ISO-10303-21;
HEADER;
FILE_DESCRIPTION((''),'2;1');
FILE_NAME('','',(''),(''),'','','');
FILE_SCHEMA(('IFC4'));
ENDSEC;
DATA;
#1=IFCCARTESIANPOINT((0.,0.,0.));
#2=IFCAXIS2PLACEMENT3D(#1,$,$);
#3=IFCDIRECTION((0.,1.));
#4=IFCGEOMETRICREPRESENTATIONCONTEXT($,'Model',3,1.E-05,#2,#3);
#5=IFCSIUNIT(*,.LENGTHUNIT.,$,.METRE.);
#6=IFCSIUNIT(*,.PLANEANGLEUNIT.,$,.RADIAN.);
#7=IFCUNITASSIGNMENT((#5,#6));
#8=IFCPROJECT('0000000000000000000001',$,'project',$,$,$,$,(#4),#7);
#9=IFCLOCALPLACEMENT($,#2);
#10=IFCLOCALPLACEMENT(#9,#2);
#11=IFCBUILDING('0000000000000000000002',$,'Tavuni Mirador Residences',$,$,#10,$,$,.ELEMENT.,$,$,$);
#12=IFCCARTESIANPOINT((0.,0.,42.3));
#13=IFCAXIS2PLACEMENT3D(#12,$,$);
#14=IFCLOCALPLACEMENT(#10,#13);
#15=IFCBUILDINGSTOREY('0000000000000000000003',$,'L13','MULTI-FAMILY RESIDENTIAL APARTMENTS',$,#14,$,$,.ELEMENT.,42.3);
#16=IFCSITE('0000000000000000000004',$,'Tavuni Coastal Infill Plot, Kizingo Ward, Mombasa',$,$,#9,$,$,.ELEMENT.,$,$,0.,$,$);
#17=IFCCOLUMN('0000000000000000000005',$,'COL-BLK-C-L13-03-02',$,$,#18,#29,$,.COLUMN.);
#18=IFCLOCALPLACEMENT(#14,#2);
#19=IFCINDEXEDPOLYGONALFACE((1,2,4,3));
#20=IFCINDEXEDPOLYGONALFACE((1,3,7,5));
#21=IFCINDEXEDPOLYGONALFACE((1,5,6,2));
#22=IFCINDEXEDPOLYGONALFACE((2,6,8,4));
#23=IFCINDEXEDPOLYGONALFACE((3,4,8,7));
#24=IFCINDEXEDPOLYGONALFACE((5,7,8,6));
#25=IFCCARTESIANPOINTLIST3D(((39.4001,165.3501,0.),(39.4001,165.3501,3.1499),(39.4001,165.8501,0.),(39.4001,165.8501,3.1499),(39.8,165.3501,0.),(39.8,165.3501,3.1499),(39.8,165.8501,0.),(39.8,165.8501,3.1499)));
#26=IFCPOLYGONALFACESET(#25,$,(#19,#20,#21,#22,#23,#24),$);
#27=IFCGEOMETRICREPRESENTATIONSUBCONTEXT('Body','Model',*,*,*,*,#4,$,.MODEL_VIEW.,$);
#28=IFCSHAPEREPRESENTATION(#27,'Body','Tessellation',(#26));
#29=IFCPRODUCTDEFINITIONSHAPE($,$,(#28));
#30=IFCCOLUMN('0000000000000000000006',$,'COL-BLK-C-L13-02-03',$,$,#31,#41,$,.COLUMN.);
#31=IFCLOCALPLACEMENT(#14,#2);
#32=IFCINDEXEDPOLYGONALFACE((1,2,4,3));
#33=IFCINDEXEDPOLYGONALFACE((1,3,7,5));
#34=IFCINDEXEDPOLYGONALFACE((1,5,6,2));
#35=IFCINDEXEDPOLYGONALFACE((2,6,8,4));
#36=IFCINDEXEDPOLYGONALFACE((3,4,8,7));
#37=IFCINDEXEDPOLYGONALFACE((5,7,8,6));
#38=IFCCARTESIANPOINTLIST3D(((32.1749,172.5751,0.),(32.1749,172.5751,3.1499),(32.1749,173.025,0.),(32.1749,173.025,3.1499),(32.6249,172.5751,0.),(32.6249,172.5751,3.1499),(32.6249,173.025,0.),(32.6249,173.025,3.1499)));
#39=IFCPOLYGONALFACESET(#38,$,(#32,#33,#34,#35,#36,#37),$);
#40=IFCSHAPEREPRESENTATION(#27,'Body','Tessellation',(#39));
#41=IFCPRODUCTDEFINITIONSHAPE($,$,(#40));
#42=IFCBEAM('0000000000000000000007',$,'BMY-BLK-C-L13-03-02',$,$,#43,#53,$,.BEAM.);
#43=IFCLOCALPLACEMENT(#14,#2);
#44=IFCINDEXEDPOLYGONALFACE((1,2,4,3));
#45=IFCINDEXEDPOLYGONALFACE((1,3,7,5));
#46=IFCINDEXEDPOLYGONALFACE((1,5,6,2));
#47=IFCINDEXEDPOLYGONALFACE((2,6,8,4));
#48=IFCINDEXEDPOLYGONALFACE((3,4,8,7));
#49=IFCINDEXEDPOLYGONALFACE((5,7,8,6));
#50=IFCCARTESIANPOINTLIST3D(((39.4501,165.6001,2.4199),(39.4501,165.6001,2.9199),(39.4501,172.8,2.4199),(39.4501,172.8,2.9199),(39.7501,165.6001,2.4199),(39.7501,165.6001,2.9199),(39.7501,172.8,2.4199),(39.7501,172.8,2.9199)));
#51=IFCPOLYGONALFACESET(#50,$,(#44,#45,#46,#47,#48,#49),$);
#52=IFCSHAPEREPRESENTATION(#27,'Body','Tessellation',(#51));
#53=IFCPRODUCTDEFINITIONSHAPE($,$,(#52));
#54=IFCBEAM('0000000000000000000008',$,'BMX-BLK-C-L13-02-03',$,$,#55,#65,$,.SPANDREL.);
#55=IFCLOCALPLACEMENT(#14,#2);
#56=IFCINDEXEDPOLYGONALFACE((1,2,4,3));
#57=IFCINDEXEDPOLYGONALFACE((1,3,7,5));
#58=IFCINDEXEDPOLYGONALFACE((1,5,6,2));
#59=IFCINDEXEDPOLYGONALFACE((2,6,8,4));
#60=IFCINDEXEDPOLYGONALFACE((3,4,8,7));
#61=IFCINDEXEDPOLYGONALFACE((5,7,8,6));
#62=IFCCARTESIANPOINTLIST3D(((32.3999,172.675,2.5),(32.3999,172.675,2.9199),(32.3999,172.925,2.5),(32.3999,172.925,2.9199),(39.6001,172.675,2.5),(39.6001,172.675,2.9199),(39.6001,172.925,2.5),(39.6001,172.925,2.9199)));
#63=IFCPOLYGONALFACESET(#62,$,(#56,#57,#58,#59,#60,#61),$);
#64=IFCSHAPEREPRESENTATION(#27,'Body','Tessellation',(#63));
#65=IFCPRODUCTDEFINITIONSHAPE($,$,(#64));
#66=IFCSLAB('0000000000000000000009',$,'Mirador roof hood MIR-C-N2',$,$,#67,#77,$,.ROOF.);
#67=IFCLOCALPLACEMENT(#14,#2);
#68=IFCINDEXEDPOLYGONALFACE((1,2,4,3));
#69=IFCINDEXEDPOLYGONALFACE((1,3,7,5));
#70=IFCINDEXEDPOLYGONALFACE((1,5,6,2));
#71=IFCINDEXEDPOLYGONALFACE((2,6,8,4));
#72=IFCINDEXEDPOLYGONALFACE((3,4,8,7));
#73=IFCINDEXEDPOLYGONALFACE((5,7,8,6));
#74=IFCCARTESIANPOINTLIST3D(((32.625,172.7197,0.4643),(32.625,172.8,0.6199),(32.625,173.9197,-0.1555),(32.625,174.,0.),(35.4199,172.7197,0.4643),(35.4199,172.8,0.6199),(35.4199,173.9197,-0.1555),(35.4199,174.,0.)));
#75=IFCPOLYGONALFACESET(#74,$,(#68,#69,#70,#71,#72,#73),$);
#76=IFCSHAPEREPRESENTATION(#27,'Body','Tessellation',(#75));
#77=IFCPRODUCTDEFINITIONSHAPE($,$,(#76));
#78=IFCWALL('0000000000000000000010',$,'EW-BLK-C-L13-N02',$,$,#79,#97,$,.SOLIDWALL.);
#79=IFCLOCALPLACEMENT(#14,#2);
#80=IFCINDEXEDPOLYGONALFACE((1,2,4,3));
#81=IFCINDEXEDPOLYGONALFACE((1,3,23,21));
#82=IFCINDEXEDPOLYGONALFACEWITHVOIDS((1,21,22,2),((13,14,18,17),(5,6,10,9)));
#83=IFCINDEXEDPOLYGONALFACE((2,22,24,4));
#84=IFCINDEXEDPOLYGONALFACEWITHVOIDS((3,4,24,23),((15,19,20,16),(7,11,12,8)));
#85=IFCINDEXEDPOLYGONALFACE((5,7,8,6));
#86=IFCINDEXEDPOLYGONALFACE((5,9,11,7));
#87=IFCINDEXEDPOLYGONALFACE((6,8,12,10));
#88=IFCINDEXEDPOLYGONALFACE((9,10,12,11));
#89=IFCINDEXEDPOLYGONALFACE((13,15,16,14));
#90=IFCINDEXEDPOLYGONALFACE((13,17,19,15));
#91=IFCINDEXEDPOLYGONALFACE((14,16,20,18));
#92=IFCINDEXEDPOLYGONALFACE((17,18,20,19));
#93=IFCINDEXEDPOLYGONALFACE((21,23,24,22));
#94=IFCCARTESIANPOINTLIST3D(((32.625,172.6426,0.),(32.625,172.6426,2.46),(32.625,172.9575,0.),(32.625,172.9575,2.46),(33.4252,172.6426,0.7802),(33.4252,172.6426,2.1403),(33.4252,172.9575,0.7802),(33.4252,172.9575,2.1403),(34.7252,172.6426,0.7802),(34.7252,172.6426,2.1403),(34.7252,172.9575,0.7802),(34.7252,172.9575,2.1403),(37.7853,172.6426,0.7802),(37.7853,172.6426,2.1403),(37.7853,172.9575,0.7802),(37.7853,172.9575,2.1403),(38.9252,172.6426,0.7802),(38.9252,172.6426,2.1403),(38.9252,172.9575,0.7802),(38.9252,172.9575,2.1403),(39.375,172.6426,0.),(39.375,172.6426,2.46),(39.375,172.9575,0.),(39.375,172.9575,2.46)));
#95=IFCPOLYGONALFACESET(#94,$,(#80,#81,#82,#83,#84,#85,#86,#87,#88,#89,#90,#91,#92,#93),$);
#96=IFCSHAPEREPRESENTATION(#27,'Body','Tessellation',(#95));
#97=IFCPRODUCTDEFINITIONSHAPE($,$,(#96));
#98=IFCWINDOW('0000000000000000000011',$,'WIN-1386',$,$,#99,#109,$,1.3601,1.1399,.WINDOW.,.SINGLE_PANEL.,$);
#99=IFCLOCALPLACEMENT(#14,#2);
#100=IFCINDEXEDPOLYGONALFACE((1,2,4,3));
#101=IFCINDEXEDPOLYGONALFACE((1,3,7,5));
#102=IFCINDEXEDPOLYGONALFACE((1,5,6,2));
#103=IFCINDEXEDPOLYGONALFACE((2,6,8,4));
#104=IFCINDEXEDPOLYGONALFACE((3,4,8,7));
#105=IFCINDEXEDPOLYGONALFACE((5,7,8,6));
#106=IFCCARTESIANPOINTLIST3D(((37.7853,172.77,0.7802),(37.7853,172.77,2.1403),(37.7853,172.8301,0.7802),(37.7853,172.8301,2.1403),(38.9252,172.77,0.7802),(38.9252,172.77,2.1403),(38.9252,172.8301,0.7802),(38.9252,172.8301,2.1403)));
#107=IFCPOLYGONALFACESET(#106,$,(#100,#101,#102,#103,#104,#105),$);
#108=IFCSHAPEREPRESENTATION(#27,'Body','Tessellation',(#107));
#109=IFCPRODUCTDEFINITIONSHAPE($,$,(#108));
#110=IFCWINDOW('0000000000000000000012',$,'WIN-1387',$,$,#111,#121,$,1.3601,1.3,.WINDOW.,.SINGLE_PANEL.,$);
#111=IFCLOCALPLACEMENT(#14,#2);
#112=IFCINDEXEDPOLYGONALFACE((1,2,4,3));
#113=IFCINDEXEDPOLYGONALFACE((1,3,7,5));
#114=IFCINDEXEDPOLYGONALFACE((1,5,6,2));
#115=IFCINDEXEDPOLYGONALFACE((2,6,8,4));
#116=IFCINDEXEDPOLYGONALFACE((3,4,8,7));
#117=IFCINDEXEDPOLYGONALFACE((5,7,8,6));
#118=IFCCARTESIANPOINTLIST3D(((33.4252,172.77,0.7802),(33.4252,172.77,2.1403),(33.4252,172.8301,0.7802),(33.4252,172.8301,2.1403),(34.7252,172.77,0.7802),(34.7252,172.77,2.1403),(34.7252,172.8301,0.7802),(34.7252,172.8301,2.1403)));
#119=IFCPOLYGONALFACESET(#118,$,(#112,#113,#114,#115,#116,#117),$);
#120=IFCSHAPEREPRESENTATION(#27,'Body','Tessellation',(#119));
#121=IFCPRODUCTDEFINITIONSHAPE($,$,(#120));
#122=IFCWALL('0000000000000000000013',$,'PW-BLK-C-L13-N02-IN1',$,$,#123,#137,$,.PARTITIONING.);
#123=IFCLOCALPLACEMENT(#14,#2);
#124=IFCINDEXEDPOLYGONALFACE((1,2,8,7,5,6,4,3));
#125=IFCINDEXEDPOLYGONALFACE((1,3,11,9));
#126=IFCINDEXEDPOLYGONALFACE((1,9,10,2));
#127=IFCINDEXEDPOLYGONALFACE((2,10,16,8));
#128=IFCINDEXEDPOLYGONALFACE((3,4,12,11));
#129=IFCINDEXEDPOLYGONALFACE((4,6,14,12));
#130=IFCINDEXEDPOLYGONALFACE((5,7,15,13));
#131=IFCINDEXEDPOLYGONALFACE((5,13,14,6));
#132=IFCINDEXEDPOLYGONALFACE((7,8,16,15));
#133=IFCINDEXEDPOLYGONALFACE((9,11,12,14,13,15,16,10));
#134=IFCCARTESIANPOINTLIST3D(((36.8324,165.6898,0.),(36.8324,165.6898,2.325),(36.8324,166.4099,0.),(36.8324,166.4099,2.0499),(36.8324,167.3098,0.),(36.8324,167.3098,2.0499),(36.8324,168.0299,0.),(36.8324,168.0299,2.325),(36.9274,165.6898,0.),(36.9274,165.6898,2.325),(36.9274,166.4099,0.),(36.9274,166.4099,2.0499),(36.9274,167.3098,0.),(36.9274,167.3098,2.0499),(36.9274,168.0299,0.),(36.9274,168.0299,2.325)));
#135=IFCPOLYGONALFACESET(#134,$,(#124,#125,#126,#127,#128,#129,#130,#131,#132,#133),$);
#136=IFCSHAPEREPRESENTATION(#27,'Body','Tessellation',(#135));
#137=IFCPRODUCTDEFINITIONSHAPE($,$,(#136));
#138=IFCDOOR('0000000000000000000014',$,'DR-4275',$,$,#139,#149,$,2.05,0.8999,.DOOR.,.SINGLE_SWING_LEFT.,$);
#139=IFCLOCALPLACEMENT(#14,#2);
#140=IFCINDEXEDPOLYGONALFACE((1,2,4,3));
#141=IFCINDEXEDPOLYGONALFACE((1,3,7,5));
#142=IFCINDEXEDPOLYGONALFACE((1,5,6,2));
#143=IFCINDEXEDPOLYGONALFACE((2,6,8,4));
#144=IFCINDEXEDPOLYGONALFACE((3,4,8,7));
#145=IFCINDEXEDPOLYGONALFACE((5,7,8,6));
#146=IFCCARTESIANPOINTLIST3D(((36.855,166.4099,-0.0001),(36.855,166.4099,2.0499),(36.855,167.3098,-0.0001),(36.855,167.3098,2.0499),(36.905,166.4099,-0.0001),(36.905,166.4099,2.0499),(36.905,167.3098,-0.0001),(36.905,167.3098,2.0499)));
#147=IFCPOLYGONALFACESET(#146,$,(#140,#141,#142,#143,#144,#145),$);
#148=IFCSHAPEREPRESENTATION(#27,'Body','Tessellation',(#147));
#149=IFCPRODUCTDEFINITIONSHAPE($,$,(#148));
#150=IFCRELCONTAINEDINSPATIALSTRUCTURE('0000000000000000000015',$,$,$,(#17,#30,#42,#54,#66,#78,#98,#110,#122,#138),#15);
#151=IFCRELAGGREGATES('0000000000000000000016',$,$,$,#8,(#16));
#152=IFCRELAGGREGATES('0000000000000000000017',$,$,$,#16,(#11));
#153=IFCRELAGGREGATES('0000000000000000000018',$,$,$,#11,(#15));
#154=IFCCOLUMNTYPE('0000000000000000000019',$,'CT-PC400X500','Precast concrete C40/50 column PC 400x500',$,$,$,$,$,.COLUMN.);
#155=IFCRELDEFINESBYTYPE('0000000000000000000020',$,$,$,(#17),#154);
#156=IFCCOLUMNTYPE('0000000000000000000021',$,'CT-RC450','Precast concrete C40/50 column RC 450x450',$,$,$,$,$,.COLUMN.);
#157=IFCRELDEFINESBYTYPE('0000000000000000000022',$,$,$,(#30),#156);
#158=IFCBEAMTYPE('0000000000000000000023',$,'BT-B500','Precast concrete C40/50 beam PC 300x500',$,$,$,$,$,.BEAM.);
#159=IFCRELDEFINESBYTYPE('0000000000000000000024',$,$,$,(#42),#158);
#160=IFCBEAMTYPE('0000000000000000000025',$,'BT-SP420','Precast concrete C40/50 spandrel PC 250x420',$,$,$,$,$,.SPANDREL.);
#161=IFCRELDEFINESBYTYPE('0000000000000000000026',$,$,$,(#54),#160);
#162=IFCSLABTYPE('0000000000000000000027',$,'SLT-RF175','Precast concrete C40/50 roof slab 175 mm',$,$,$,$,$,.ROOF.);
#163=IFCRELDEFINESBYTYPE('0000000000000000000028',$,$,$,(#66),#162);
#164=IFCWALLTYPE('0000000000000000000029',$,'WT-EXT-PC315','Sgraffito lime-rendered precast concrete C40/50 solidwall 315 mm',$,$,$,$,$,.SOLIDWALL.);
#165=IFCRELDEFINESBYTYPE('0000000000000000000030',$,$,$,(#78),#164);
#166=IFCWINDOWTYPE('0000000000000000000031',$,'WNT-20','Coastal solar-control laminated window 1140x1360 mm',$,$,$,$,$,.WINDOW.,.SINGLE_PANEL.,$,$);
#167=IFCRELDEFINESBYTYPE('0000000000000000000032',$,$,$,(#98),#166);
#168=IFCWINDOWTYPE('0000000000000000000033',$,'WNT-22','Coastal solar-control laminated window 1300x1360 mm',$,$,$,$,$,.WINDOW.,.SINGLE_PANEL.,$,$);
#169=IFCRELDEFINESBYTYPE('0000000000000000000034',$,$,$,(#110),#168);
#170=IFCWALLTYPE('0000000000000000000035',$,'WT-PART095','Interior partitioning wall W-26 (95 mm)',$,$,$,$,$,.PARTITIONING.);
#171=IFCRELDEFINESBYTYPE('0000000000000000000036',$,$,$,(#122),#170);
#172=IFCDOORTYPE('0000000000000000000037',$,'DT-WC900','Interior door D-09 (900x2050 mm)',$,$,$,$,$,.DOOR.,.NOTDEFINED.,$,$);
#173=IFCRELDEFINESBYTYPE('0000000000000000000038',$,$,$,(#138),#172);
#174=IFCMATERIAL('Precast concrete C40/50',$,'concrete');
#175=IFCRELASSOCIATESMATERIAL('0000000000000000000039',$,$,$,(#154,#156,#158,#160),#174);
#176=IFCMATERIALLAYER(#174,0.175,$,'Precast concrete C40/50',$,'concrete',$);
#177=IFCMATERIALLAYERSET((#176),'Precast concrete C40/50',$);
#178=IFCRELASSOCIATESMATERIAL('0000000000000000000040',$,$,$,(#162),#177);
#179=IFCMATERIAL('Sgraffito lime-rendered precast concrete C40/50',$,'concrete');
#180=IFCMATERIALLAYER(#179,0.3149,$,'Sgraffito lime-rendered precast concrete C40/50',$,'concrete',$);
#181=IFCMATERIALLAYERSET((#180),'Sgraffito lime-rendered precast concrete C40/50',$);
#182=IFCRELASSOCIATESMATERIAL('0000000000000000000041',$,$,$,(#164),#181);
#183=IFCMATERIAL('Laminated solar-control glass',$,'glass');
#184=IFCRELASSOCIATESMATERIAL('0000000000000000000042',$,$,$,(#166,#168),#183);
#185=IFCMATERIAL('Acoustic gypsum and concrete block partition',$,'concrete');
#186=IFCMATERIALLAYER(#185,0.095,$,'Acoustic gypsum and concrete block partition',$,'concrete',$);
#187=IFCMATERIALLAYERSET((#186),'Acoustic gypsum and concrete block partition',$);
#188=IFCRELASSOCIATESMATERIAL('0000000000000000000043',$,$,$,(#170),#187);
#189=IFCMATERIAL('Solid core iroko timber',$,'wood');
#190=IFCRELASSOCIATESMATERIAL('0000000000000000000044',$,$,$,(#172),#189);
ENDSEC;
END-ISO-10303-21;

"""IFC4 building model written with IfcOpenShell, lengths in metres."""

from ifc_helpers import new_model, si_unit, direction, frame, frame_2d, origin, origin_2d, place, context, subcontext, project, spatial, polyline, rectangle, outline, extrude, material, layer, layer_set, material_profile, profile_set, type_object, element, fill, save


model = new_model("IFC4")

# Units and contexts
model_context = context("Model", 3, precision=1e-05, world=origin(), true_north=direction((0.0, 1.0)))
body_context = subcontext(model_context, "Body", "Model", "MODEL_VIEW")
ifc_project = project(units=[si_unit("LENGTHUNIT", "METRE"), si_unit("PLANEANGLEUNIT", "RADIAN")], contexts=[model_context])

# Site, building, storey
site_placement = place(None, origin())
site = spatial("IfcSite", under=ifc_project, at=site_placement, Name="Tavuni Coastal Infill Plot, Kizingo Ward, Mombasa", CompositionType="ELEMENT", RefElevation=0.0)
building_placement = place(site_placement, origin())
building = spatial("IfcBuilding", under=site, at=building_placement, Name="Tavuni Mirador Residences", CompositionType="ELEMENT")
storey_placement = place(building_placement, frame((0.0, 0.0, 42.3)))
storey = spatial("IfcBuildingStorey", under=building, at=storey_placement, Name="L13", Description="MULTI-FAMILY RESIDENTIAL APARTMENTS", CompositionType="ELEMENT", Elevation=42.3)

# Columns
ifc_material_1 = material(Name="Precast concrete C40/50", Category="concrete")
ifc_material_profile_1 = material_profile(ifc_material_1, rectangle(XDim=0.3999, YDim=0.5, at=origin_2d()), Name="PC 400x500", Category="concrete")
ifc_profile_set_1 = profile_set([ifc_material_profile_1], Name="Precast concrete C40/50")
column_type_1 = type_object("IfcColumnType", Name="CT-PC400X500", Description="Precast concrete C40/50 column PC 400x500", PredefinedType="COLUMN", material=ifc_profile_set_1)
column_1_placement = place(storey_placement, frame((39.6001, 165.6001, 0.0), z_axis=(0.0, 0.0, 1.0), x_axis=(1.0, 0.0, 0.0)))
element("IfcColumn", 1, at=column_1_placement, inside=storey, type_object=column_type_1, Name="COL-BLK-C-L13-03-02", PredefinedType="COLUMN", context=body_context, shape_type="SweptSolid", body=[
    extrude(rectangle(XDim=0.3999, YDim=0.5, at=origin_2d()), origin(), (0.0, 0.0, 1.0), 3.1499),
])
ifc_material_profile_2 = material_profile(ifc_material_1, rectangle(XDim=0.45, YDim=0.45, at=origin_2d()), Name="RC 450x450", Category="concrete")
ifc_profile_set_2 = profile_set([ifc_material_profile_2], Name="Precast concrete C40/50")
column_type_2 = type_object("IfcColumnType", Name="CT-RC450", Description="Precast concrete C40/50 column RC 450x450", PredefinedType="COLUMN", material=ifc_profile_set_2)
column_2_placement = place(storey_placement, frame((32.3999, 172.8, 0.0), z_axis=(0.0, 0.0, 1.0), x_axis=(1.0, 0.0, 0.0)))
element("IfcColumn", 2, at=column_2_placement, inside=storey, type_object=column_type_2, Name="COL-BLK-C-L13-02-03", PredefinedType="COLUMN", context=body_context, shape_type="SweptSolid", body=[
    extrude(rectangle(XDim=0.45, YDim=0.45, at=origin_2d()), origin(), (0.0, 0.0, 1.0), 3.1499),
])

# Beams
ifc_material_profile_3 = material_profile(ifc_material_1, rectangle(XDim=0.3, YDim=0.5, at=origin_2d()), Name="PC 300x500", Category="concrete")
ifc_profile_set_3 = profile_set([ifc_material_profile_3], Name="Precast concrete C40/50")
beam_type_1 = type_object("IfcBeamType", Name="BT-B500", Description="Precast concrete C40/50 beam PC 300x500", PredefinedType="BEAM", material=ifc_profile_set_3)
beam_1_placement = place(storey_placement, frame((39.6001, 165.6001, 2.6699), z_axis=(0.0, 1.0, 0.0), x_axis=(-1.0, 0.0, 0.0)))
element("IfcBeam", 3, at=beam_1_placement, inside=storey, type_object=beam_type_1, Name="BMY-BLK-C-L13-03-02", PredefinedType="BEAM", context=body_context, shape_type="SweptSolid", body=[
    extrude(rectangle(XDim=0.3, YDim=0.5, at=origin_2d()), origin(), (0.0, 0.0, 1.0), 7.2),
])
ifc_material_profile_4 = material_profile(ifc_material_1, rectangle(XDim=0.25, YDim=0.4199, at=origin_2d()), Name="PC 250x420", Category="concrete")
ifc_profile_set_4 = profile_set([ifc_material_profile_4], Name="Precast concrete C40/50")
beam_type_2 = type_object("IfcBeamType", Name="BT-SP420", Description="Precast concrete C40/50 spandrel PC 250x420", PredefinedType="SPANDREL", material=ifc_profile_set_4)
beam_2_placement = place(storey_placement, frame((32.3999, 172.8, 2.71), z_axis=(1.0, 0.0, 0.0), x_axis=(0.0, 1.0, 0.0)))
element("IfcBeam", 4, at=beam_2_placement, inside=storey, type_object=beam_type_2, Name="BMX-BLK-C-L13-02-03", PredefinedType="SPANDREL", context=body_context, shape_type="SweptSolid", body=[
    extrude(rectangle(XDim=0.25, YDim=0.4199, at=origin_2d()), origin(), (0.0, 0.0, 1.0), 7.2002),
])

# Slab
ifc_layer_1 = layer(ifc_material_1, 0.175, Name="Precast concrete C40/50", Category="concrete")
ifc_layer_set_1 = layer_set([ifc_layer_1], Name="Precast concrete C40/50")
slab_type = type_object("IfcSlabType", Name="SLT-RF175", Description="Precast concrete C40/50 roof slab 175 mm", PredefinedType="ROOF", material=ifc_layer_set_1)
slab_placement = place(storey_placement, frame((32.625, 172.8, 0.6199), z_axis=(0.0, 0.458961, 0.888457), x_axis=(1.0, 0.0, 0.0)))
element("IfcSlab", 5, at=slab_placement, inside=storey, type_object=slab_type, Name="Mirador roof hood MIR-C-N2", PredefinedType="ROOF", context=body_context, shape_type="SweptSolid", body=[
    extrude(outline(polyline([(0.0, 0.0), (2.7949, 0.0), (2.7949, 1.3506), (0.0, 1.3506), (0.0, 0.0)])), origin(), (0.0, 0.0, -1.0), 0.175),
])

# Wall, openings, windows
ifc_material_2 = material(Name="Sgraffito lime-rendered precast concrete C40/50", Category="concrete")
ifc_layer_2 = layer(ifc_material_2, 0.3149, Name="Sgraffito lime-rendered precast concrete C40/50", Category="concrete")
ifc_layer_set_2 = layer_set([ifc_layer_2], Name="Sgraffito lime-rendered precast concrete C40/50")
wall_type_1 = type_object("IfcWallType", Name="WT-EXT-PC315", Description="Sgraffito lime-rendered precast concrete C40/50 solidwall 315 mm", PredefinedType="SOLIDWALL", material=ifc_layer_set_2)
wall_1_placement = place(storey_placement, frame((39.375, 172.8, 0.0), z_axis=(0.0, 0.0, 1.0), x_axis=(-1.0, 0.0, 0.0)))
wall_1 = element("IfcWall", 6, at=wall_1_placement, inside=storey, type_object=wall_type_1, Name="EW-BLK-C-L13-N02", PredefinedType="SOLIDWALL", context=body_context, shape_type="SweptSolid", body=[
    extrude(rectangle(XDim=6.75, YDim=0.3149, at=frame_2d((3.375, 0.0))), origin(), (0.0, 0.0, 1.0), 2.46),
])
opening_1_placement = place(wall_1_placement, frame((0.45, 0.0, 0.78)))
opening_1 = element("IfcOpeningElement", 7, at=opening_1_placement, cuts=wall_1, PredefinedType="OPENING", context=body_context, shape_type="SweptSolid", body=[
    extrude(rectangle(XDim=1.1399, YDim=1.3601, at=frame_2d((0.5698, 0.6802))), frame((0.0, 0.1675, 0.0), z_axis=(0.0, -1.0, 0.0), x_axis=(1.0, 0.0, 0.0)), (0.0, 0.0, 1.0), 0.335),
])
opening_2_placement = place(wall_1_placement, frame((4.6499, 0.0, 0.78)))
opening_2 = element("IfcOpeningElement", 8, at=opening_2_placement, cuts=wall_1, PredefinedType="OPENING", context=body_context, shape_type="SweptSolid", body=[
    extrude(rectangle(XDim=1.3, YDim=1.3601, at=frame_2d((0.6499, 0.6802))), frame((0.0, 0.1675, 0.0), z_axis=(0.0, -1.0, 0.0), x_axis=(1.0, 0.0, 0.0)), (0.0, 0.0, 1.0), 0.335),
])
ifc_material_3 = material(Name="Laminated solar-control glass", Category="glass")
window_type_1 = type_object("IfcWindowType", Name="WNT-20", Description="Coastal solar-control laminated window 1140x1360 mm", PartitioningType="SINGLE_PANEL", PredefinedType="WINDOW", material=ifc_material_3)
window_1_placement = place(opening_1_placement, origin())
window_1 = element("IfcWindow", 9, at=window_1_placement, inside=storey, type_object=window_type_1, Name="WIN-1386", OverallHeight=1.3601, OverallWidth=1.1399, PartitioningType="SINGLE_PANEL", PredefinedType="WINDOW", context=body_context, shape_type="SweptSolid", body=[
    extrude(rectangle(XDim=1.1399, YDim=1.3601, at=frame_2d((0.5698, 0.6802))), frame((0.0, 0.03, 0.0), z_axis=(0.0, -1.0, 0.0), x_axis=(1.0, 0.0, 0.0)), (0.0, 0.0, 1.0), 0.0601),
])
fill(opening_1, window_1)
window_type_2 = type_object("IfcWindowType", Name="WNT-22", Description="Coastal solar-control laminated window 1300x1360 mm", PartitioningType="SINGLE_PANEL", PredefinedType="WINDOW", material=ifc_material_3)
window_2_placement = place(opening_2_placement, origin())
window_2 = element("IfcWindow", 10, at=window_2_placement, inside=storey, type_object=window_type_2, Name="WIN-1387", OverallHeight=1.3601, OverallWidth=1.3, PartitioningType="SINGLE_PANEL", PredefinedType="WINDOW", context=body_context, shape_type="SweptSolid", body=[
    extrude(rectangle(XDim=1.3, YDim=1.3601, at=frame_2d((0.6499, 0.6802))), frame((0.0, 0.03, 0.0), z_axis=(0.0, -1.0, 0.0), x_axis=(1.0, 0.0, 0.0)), (0.0, 0.0, 1.0), 0.0601),
])
fill(opening_2, window_2)

# Wall, opening, door
ifc_material_4 = material(Name="Acoustic gypsum and concrete block partition", Category="concrete")
ifc_layer_3 = layer(ifc_material_4, 0.095, Name="Acoustic gypsum and concrete block partition", Category="concrete")
ifc_layer_set_3 = layer_set([ifc_layer_3], Name="Acoustic gypsum and concrete block partition")
wall_type_2 = type_object("IfcWallType", Name="WT-PART095", Description="Interior partitioning wall W-26 (95 mm)", PredefinedType="PARTITIONING", material=ifc_layer_set_3)
wall_2_placement = place(storey_placement, frame((36.8799, 165.6899, 0.0), z_axis=(0.0, 0.0, 1.0), x_axis=(0.0, 1.0, 0.0)))
wall_2 = element("IfcWall", 11, at=wall_2_placement, inside=storey, type_object=wall_type_2, Name="PW-BLK-C-L13-N02-IN1", PredefinedType="PARTITIONING", context=body_context, shape_type="SweptSolid", body=[
    extrude(rectangle(XDim=2.3401, YDim=0.095, at=frame_2d((1.1699, 0.0))), origin(), (0.0, 0.0, 1.0), 2.325),
])
opening_3_placement = place(wall_2_placement, frame((0.72, 0.0, 0.0)))
opening_3 = element("IfcOpeningElement", 12, at=opening_3_placement, cuts=wall_2, PredefinedType="OPENING", context=body_context, shape_type="SweptSolid", body=[
    extrude(rectangle(XDim=0.8999, YDim=2.05, at=frame_2d((0.45, 1.0249))), frame((0.0, 0.0576, 0.0), z_axis=(0.0, -1.0, 0.0), x_axis=(1.0, 0.0, 0.0)), (0.0, 0.0, 1.0), 0.115),
])
ifc_material_5 = material(Name="Solid core iroko timber", Category="wood")
door_type_1 = type_object("IfcDoorType", Name="DT-WC900", Description="Interior door D-09 (900x2050 mm)", OperationType="NOTDEFINED", PredefinedType="DOOR", material=ifc_material_5)
door_1_placement = place(opening_3_placement, origin())
door_1 = element("IfcDoor", 13, at=door_1_placement, inside=storey, type_object=door_type_1, Name="DR-4275", OperationType="SINGLE_SWING_LEFT", OverallHeight=2.05, OverallWidth=0.8999, PredefinedType="DOOR", context=body_context, shape_type="SweptSolid", body=[
    extrude(rectangle(XDim=0.8999, YDim=2.05, at=frame_2d((0.45, 1.0249))), frame((0.0, 0.0249, 0.0), z_axis=(0.0, -1.0, 0.0), x_axis=(1.0, 0.0, 0.0)), (0.0, 0.0, 1.0), 0.05),
])
fill(opening_3, door_1)

save(model, "model.ifc")
